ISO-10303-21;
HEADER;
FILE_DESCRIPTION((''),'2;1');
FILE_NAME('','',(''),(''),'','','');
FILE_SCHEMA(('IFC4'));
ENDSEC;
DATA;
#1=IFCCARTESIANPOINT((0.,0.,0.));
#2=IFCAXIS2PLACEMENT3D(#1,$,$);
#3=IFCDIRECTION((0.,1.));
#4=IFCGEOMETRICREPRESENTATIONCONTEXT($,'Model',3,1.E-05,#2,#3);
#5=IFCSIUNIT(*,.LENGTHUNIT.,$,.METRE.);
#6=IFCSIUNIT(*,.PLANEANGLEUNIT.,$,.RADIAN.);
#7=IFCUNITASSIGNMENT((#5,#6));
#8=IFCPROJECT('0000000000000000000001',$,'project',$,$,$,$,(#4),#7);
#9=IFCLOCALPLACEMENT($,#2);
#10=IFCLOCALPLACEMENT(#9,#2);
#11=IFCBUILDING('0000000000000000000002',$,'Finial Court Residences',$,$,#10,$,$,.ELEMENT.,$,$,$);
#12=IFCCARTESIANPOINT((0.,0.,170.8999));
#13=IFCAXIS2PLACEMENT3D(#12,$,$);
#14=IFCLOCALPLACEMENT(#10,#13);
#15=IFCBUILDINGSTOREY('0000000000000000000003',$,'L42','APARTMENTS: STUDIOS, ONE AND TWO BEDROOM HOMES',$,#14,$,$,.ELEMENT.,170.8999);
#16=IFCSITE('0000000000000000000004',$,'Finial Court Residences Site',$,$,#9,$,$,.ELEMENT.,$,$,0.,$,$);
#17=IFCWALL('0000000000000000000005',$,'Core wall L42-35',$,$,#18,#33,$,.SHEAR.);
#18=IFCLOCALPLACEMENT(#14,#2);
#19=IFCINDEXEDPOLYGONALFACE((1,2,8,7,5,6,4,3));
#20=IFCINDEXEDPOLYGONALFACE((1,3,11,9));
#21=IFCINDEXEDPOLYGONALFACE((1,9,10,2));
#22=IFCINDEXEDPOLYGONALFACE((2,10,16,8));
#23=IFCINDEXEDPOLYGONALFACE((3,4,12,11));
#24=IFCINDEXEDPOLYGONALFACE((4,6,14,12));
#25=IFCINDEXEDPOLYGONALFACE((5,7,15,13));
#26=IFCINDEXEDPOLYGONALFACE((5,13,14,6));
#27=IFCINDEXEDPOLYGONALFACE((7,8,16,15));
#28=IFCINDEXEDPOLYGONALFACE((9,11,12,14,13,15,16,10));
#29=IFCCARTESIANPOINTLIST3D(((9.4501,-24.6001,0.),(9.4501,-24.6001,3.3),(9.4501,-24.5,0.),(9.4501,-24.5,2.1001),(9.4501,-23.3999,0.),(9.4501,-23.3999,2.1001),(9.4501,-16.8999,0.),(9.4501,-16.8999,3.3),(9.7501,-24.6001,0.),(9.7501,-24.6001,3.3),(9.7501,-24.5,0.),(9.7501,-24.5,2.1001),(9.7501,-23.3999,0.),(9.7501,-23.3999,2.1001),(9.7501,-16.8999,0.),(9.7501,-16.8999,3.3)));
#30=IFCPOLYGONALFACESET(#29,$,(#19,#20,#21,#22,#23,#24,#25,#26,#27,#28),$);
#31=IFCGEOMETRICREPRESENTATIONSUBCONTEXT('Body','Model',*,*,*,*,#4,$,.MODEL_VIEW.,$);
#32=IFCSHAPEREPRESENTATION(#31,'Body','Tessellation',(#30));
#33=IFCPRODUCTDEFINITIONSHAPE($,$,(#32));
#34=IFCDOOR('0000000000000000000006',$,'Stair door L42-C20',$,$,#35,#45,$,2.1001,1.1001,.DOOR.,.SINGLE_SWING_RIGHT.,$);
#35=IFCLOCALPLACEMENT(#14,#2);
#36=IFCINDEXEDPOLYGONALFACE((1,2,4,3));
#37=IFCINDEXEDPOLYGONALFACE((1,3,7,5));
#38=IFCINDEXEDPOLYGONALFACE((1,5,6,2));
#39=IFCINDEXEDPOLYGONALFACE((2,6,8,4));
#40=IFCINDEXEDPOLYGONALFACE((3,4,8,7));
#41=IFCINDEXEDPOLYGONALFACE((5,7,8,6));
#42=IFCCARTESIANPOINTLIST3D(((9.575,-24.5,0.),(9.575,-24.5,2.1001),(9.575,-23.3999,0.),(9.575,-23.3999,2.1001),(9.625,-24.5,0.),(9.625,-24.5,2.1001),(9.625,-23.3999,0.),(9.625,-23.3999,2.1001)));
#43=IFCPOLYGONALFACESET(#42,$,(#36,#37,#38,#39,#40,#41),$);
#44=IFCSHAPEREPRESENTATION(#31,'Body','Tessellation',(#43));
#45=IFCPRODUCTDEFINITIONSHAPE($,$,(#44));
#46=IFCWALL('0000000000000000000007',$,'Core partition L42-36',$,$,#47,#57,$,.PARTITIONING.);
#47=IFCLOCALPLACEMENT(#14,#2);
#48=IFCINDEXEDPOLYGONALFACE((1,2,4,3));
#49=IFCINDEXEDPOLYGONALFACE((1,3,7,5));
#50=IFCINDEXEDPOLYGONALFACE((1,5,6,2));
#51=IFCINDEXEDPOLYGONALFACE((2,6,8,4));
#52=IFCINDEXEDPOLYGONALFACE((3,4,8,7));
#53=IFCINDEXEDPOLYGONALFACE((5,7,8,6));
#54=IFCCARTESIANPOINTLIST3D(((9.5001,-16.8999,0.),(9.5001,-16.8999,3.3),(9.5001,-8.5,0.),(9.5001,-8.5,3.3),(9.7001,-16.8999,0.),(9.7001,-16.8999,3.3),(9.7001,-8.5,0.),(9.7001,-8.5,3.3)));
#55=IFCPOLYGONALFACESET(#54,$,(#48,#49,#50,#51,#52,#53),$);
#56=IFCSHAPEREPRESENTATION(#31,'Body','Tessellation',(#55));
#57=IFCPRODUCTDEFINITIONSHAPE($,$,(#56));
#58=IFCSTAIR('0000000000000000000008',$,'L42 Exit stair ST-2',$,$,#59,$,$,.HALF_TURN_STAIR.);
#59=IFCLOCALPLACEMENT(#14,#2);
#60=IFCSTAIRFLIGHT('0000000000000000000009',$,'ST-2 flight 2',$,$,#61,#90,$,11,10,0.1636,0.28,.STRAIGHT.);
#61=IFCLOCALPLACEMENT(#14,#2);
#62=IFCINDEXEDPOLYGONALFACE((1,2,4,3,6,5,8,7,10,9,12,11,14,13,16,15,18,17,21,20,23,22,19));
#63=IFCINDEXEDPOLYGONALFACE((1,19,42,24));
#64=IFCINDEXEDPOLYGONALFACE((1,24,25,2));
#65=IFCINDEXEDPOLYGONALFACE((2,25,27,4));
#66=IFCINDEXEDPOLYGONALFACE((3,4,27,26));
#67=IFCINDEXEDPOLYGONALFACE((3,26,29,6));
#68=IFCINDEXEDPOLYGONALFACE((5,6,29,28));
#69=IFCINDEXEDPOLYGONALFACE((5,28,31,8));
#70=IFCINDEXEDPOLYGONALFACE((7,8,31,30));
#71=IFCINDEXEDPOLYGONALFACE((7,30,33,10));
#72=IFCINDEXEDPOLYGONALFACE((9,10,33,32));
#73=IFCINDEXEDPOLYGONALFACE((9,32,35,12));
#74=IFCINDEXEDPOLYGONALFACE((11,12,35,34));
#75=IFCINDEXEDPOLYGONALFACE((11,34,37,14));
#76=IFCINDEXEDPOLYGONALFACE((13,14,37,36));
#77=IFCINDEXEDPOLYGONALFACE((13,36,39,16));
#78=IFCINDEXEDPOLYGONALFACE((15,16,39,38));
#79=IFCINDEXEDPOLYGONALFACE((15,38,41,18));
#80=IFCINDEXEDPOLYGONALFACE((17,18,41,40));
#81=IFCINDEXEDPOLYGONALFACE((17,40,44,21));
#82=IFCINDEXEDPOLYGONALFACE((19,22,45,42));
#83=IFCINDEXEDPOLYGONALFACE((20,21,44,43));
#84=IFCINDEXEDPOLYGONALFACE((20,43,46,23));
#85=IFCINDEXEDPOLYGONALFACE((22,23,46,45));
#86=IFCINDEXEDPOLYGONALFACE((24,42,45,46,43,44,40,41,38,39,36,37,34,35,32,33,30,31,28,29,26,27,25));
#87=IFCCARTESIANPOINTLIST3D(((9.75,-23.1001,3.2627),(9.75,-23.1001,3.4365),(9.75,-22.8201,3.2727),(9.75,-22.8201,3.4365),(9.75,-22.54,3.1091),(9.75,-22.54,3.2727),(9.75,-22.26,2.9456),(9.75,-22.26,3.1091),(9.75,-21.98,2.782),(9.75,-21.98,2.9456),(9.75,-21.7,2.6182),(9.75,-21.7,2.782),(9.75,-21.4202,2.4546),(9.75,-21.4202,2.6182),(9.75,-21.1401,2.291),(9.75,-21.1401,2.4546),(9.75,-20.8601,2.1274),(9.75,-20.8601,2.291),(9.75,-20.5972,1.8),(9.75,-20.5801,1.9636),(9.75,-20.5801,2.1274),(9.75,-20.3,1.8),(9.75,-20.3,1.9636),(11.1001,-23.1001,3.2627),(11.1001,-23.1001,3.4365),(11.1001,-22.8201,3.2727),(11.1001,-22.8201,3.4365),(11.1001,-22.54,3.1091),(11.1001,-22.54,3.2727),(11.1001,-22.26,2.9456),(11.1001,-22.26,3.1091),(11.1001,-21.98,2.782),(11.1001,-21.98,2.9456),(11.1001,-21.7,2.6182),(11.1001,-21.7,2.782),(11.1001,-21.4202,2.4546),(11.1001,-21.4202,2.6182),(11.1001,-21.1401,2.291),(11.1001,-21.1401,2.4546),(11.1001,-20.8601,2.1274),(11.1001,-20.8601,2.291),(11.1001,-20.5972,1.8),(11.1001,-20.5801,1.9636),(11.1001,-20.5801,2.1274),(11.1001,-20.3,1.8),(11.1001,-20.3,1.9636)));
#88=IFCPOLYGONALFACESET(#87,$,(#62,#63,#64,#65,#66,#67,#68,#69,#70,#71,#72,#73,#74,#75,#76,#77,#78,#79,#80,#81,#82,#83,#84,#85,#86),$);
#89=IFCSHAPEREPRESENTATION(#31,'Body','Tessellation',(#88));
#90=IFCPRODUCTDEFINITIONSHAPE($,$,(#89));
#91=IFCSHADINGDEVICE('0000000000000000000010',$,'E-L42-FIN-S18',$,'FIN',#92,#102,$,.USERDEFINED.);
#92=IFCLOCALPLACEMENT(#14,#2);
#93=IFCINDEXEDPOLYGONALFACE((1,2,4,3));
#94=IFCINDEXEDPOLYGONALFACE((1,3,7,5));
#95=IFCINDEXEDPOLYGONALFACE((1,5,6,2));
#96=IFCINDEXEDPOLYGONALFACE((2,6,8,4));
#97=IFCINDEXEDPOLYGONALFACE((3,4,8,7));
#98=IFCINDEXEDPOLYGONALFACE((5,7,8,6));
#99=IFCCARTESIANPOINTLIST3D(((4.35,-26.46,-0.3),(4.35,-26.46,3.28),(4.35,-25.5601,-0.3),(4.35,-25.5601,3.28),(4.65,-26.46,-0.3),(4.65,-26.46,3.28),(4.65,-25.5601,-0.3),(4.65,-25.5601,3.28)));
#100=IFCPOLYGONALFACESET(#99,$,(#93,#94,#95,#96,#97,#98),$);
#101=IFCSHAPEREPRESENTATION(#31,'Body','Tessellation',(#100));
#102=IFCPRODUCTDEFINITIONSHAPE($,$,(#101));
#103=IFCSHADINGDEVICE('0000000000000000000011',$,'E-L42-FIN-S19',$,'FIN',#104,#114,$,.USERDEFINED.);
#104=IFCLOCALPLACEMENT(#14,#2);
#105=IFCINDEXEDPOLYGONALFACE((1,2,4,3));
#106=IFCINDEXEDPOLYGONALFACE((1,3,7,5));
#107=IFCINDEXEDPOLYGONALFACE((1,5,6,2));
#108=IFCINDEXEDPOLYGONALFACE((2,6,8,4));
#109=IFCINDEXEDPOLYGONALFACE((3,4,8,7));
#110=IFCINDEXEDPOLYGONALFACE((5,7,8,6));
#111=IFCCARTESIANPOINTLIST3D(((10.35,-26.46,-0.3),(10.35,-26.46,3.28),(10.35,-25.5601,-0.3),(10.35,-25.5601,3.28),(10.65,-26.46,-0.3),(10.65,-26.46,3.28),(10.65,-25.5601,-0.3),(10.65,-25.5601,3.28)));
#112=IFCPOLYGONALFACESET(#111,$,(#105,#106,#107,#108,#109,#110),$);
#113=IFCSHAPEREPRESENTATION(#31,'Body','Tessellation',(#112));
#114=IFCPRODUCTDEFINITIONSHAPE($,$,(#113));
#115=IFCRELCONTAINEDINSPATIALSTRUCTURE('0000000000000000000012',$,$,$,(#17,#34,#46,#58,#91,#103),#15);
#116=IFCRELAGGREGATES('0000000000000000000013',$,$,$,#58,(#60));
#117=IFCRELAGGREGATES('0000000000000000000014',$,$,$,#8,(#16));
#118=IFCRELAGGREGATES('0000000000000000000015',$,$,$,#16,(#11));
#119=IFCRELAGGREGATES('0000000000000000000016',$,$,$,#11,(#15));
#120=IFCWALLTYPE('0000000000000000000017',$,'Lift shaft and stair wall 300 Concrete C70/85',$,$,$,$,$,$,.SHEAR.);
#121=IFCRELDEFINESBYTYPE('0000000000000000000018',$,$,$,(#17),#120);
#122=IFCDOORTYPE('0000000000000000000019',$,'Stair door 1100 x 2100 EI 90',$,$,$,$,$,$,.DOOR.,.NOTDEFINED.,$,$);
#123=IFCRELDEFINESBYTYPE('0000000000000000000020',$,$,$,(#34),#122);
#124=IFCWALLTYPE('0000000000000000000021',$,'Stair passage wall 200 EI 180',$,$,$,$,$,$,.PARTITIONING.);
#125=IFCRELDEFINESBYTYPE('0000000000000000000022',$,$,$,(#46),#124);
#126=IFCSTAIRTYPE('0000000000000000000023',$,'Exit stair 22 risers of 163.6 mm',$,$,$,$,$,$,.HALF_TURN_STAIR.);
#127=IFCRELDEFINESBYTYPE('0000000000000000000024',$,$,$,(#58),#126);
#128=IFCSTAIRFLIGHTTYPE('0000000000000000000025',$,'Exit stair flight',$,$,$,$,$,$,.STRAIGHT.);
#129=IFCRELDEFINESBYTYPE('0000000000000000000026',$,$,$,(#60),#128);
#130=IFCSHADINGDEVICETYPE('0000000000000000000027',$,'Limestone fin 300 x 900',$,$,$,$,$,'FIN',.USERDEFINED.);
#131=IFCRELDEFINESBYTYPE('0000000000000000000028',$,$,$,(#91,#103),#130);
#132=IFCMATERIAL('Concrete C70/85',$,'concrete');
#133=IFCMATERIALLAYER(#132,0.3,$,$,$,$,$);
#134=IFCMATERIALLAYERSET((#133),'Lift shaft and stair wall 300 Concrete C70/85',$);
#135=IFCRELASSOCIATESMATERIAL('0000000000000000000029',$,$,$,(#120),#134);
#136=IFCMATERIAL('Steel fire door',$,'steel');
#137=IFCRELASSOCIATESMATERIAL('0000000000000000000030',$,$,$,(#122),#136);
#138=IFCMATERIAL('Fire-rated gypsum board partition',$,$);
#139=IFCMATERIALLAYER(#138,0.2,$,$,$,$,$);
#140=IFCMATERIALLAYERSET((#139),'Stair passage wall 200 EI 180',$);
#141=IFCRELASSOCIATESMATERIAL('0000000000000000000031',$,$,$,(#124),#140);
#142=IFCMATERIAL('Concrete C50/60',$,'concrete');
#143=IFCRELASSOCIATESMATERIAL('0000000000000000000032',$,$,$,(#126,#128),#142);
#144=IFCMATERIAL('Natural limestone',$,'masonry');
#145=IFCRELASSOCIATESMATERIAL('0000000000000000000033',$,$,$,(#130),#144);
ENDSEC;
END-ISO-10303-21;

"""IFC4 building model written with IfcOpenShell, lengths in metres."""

from ifc_helpers import new_model, si_unit, direction, frame, frame_2d, origin, origin_2d, place, context, subcontext, project, spatial, polyline, rectangle, outline, extrude, material, layer, layer_set, type_object, element, fill, aggregate, save


model = new_model("IFC4")

# Units and contexts
model_context = context("Model", 3, precision=1e-05, world=origin(), true_north=direction((0.0, 1.0)))
body_context = subcontext(model_context, "Body", "Model", "MODEL_VIEW")
ifc_project = project(units=[si_unit("LENGTHUNIT", "METRE"), si_unit("PLANEANGLEUNIT", "RADIAN")], contexts=[model_context])

# Site, building, storey
site_placement = place(None, origin())
site = spatial("IfcSite", under=ifc_project, at=site_placement, Name="Finial Court Residences Site", CompositionType="ELEMENT", RefElevation=0.0)
building_placement = place(site_placement, origin())
building = spatial("IfcBuilding", under=site, at=building_placement, Name="Finial Court Residences", CompositionType="ELEMENT")
storey_placement = place(building_placement, frame((0.0, 0.0, 170.8999)))
storey = spatial("IfcBuildingStorey", under=building, at=storey_placement, Name="L42", Description="APARTMENTS: STUDIOS, ONE AND TWO BEDROOM HOMES", CompositionType="ELEMENT", Elevation=170.8999)

# Shared definitions
ifc_material_1 = material(Name="Fire-rated gypsum board partition")

# Shared definitions
ifc_material_2 = material(Name="Steel fire door", Category="steel")

# Shared definitions
ifc_material_3 = material(Name="Concrete C70/85", Category="concrete")
ifc_layer_1 = layer(ifc_material_3, 0.3)
ifc_layer_set_1 = layer_set([ifc_layer_1], Name="Lift shaft and stair wall 300 Concrete C70/85")
wall_type_1 = type_object("IfcWallType", Name="Lift shaft and stair wall 300 Concrete C70/85", PredefinedType="SHEAR", material=ifc_layer_set_1)

# Wall, opening, door
wall_1_placement = place(storey_placement, frame((9.6001, -16.8999, 0.0), z_axis=(0.0, 0.0, 1.0), x_axis=(0.0, -1.0, 0.0)))
wall_1 = element("IfcWall", 1, at=wall_1_placement, inside=storey, type_object=wall_type_1, Name="Core wall L42-35", PredefinedType="SHEAR", context=body_context, shape_type="SweptSolid", body=[
    extrude(rectangle(XDim=7.7002, YDim=0.3, at=frame_2d((3.8501, 0.0))), origin(), (0.0, 0.0, 1.0), 3.3),
])
opening_1_placement = place(wall_1_placement, frame((6.5, 0.0, 0.0)))
opening_1 = element("IfcOpeningElement", 2, at=opening_1_placement, cuts=wall_1, PredefinedType="OPENING", context=body_context, shape_type="SweptSolid", body=[
    extrude(rectangle(XDim=1.1001, YDim=2.1001, at=frame_2d((0.55, 1.05))), frame((0.0, 0.1599, 0.0), z_axis=(0.0, -1.0, 0.0), x_axis=(1.0, 0.0, 0.0)), (0.0, 0.0, 1.0), 0.3201),
])
door_type_1 = type_object("IfcDoorType", Name="Stair door 1100 x 2100 EI 90", OperationType="NOTDEFINED", PredefinedType="DOOR", material=ifc_material_2)
door_1_placement = place(opening_1_placement, origin())
door_1 = element("IfcDoor", 3, at=door_1_placement, inside=storey, type_object=door_type_1, Name="Stair door L42-C20", OperationType="SINGLE_SWING_RIGHT", OverallHeight=2.1001, OverallWidth=1.1001, PredefinedType="DOOR", context=body_context, shape_type="SweptSolid", body=[
    extrude(rectangle(XDim=1.1001, YDim=2.1001, at=frame_2d((0.55, 1.05))), frame((0.0, 0.0249, 0.0), z_axis=(0.0, -1.0, 0.0), x_axis=(1.0, 0.0, 0.0)), (0.0, 0.0, 1.0), 0.05),
])
fill(opening_1, door_1)

# Wall
ifc_layer_2 = layer(ifc_material_1, 0.2)
ifc_layer_set_2 = layer_set([ifc_layer_2], Name="Stair passage wall 200 EI 180")
wall_type_2 = type_object("IfcWallType", Name="Stair passage wall 200 EI 180", PredefinedType="PARTITIONING", material=ifc_layer_set_2)
wall_2_placement = place(storey_placement, frame((9.6001, -16.8999, 0.0), z_axis=(0.0, 0.0, 1.0), x_axis=(0.0, 1.0, 0.0)))
element("IfcWall", 4, at=wall_2_placement, inside=storey, type_object=wall_type_2, Name="Core partition L42-36", PredefinedType="PARTITIONING", context=body_context, shape_type="SweptSolid", body=[
    extrude(rectangle(XDim=8.3999, YDim=0.2, at=frame_2d((4.2, 0.0))), origin(), (0.0, 0.0, 1.0), 3.3),
])

# Stair, stair flight
ifc_material_4 = material(Name="Concrete C50/60", Category="concrete")
stair_type = type_object("IfcStairType", Name="Exit stair 22 risers of 163.6 mm", PredefinedType="HALF_TURN_STAIR", material=ifc_material_4)
stair_placement = place(storey_placement, origin())
stair = element("IfcStair", 5, at=stair_placement, inside=storey, type_object=stair_type, Name="L42 Exit stair ST-2", PredefinedType="HALF_TURN_STAIR")
stair_flight_type = type_object("IfcStairFlightType", Name="Exit stair flight", PredefinedType="STRAIGHT", material=ifc_material_4)
stair_flight_placement = place(storey_placement, frame((10.425, -20.3, 1.8), z_axis=(0.0, 0.0, 1.0), x_axis=(0.0, -1.0, 0.0)))
stair_flight = element("IfcStairFlight", 6, at=stair_flight_placement, type_object=stair_flight_type, Name="ST-2 flight 2", NumberOfRisers=11, NumberOfTreads=10, PredefinedType="STRAIGHT", RiserHeight=0.1636, TreadLength=0.28, context=body_context, shape_type="SweptSolid", body=[
    extrude(outline(polyline([(0.0, 0.0), (0.0, 0.1636), (0.28, 0.1636), (0.28, 0.3274), (0.5601, 0.3274), (0.5601, 0.491), (0.8401, 0.491), (0.8401, 0.6545), (1.1201, 0.6545), (1.1201, 0.8181), (1.3999, 0.8181), (1.3999, 0.9819), (1.6799, 0.9819), (1.6799, 1.1455), (1.96, 1.1455), (1.96, 1.3091), (2.24, 1.3091), (2.24, 1.4727), (2.52, 1.4727), (2.52, 1.6365), (2.8, 1.6365), (2.8, 1.8), (2.8, 1.4626), (0.2971, 0.0), (0.0, 0.0)])), frame((0.0, 0.675, 0.0), z_axis=(0.0, -1.0, 0.0), x_axis=(1.0, 0.0, 0.0)), (0.0, 0.0, 1.0), 1.3501),
])
aggregate(stair, [stair_flight])

# Shading devices
ifc_material_5 = material(Name="Natural limestone", Category="masonry")
shading_device_type = type_object("IfcShadingDeviceType", Name="Limestone fin 300 x 900", ElementType="FIN", PredefinedType="USERDEFINED", material=ifc_material_5)
for number, where, z_axis, x_axis, name in (
    (7, (4.5, -26.01, -0.3), (0.0, 0.0, 1.0), (1.0, 0.0, 0.0), "E-L42-FIN-S18"),
    (8, (10.5, -26.01, -0.3), (0.0, 0.0, 1.0), (1.0, 0.0, 0.0), "E-L42-FIN-S19"),
):
    element("IfcShadingDevice", number, at=place(storey_placement, frame(where, z_axis=z_axis, x_axis=x_axis)), inside=storey, type_object=shading_device_type, Name=name, ObjectType="FIN", PredefinedType="USERDEFINED", context=body_context, shape_type="SweptSolid", body=[
        extrude(rectangle(XDim=0.3, YDim=0.8999, at=origin_2d()), origin(), (0.0, 0.0, 1.0), 3.5801),
    ])

save(model, "model.ifc")
